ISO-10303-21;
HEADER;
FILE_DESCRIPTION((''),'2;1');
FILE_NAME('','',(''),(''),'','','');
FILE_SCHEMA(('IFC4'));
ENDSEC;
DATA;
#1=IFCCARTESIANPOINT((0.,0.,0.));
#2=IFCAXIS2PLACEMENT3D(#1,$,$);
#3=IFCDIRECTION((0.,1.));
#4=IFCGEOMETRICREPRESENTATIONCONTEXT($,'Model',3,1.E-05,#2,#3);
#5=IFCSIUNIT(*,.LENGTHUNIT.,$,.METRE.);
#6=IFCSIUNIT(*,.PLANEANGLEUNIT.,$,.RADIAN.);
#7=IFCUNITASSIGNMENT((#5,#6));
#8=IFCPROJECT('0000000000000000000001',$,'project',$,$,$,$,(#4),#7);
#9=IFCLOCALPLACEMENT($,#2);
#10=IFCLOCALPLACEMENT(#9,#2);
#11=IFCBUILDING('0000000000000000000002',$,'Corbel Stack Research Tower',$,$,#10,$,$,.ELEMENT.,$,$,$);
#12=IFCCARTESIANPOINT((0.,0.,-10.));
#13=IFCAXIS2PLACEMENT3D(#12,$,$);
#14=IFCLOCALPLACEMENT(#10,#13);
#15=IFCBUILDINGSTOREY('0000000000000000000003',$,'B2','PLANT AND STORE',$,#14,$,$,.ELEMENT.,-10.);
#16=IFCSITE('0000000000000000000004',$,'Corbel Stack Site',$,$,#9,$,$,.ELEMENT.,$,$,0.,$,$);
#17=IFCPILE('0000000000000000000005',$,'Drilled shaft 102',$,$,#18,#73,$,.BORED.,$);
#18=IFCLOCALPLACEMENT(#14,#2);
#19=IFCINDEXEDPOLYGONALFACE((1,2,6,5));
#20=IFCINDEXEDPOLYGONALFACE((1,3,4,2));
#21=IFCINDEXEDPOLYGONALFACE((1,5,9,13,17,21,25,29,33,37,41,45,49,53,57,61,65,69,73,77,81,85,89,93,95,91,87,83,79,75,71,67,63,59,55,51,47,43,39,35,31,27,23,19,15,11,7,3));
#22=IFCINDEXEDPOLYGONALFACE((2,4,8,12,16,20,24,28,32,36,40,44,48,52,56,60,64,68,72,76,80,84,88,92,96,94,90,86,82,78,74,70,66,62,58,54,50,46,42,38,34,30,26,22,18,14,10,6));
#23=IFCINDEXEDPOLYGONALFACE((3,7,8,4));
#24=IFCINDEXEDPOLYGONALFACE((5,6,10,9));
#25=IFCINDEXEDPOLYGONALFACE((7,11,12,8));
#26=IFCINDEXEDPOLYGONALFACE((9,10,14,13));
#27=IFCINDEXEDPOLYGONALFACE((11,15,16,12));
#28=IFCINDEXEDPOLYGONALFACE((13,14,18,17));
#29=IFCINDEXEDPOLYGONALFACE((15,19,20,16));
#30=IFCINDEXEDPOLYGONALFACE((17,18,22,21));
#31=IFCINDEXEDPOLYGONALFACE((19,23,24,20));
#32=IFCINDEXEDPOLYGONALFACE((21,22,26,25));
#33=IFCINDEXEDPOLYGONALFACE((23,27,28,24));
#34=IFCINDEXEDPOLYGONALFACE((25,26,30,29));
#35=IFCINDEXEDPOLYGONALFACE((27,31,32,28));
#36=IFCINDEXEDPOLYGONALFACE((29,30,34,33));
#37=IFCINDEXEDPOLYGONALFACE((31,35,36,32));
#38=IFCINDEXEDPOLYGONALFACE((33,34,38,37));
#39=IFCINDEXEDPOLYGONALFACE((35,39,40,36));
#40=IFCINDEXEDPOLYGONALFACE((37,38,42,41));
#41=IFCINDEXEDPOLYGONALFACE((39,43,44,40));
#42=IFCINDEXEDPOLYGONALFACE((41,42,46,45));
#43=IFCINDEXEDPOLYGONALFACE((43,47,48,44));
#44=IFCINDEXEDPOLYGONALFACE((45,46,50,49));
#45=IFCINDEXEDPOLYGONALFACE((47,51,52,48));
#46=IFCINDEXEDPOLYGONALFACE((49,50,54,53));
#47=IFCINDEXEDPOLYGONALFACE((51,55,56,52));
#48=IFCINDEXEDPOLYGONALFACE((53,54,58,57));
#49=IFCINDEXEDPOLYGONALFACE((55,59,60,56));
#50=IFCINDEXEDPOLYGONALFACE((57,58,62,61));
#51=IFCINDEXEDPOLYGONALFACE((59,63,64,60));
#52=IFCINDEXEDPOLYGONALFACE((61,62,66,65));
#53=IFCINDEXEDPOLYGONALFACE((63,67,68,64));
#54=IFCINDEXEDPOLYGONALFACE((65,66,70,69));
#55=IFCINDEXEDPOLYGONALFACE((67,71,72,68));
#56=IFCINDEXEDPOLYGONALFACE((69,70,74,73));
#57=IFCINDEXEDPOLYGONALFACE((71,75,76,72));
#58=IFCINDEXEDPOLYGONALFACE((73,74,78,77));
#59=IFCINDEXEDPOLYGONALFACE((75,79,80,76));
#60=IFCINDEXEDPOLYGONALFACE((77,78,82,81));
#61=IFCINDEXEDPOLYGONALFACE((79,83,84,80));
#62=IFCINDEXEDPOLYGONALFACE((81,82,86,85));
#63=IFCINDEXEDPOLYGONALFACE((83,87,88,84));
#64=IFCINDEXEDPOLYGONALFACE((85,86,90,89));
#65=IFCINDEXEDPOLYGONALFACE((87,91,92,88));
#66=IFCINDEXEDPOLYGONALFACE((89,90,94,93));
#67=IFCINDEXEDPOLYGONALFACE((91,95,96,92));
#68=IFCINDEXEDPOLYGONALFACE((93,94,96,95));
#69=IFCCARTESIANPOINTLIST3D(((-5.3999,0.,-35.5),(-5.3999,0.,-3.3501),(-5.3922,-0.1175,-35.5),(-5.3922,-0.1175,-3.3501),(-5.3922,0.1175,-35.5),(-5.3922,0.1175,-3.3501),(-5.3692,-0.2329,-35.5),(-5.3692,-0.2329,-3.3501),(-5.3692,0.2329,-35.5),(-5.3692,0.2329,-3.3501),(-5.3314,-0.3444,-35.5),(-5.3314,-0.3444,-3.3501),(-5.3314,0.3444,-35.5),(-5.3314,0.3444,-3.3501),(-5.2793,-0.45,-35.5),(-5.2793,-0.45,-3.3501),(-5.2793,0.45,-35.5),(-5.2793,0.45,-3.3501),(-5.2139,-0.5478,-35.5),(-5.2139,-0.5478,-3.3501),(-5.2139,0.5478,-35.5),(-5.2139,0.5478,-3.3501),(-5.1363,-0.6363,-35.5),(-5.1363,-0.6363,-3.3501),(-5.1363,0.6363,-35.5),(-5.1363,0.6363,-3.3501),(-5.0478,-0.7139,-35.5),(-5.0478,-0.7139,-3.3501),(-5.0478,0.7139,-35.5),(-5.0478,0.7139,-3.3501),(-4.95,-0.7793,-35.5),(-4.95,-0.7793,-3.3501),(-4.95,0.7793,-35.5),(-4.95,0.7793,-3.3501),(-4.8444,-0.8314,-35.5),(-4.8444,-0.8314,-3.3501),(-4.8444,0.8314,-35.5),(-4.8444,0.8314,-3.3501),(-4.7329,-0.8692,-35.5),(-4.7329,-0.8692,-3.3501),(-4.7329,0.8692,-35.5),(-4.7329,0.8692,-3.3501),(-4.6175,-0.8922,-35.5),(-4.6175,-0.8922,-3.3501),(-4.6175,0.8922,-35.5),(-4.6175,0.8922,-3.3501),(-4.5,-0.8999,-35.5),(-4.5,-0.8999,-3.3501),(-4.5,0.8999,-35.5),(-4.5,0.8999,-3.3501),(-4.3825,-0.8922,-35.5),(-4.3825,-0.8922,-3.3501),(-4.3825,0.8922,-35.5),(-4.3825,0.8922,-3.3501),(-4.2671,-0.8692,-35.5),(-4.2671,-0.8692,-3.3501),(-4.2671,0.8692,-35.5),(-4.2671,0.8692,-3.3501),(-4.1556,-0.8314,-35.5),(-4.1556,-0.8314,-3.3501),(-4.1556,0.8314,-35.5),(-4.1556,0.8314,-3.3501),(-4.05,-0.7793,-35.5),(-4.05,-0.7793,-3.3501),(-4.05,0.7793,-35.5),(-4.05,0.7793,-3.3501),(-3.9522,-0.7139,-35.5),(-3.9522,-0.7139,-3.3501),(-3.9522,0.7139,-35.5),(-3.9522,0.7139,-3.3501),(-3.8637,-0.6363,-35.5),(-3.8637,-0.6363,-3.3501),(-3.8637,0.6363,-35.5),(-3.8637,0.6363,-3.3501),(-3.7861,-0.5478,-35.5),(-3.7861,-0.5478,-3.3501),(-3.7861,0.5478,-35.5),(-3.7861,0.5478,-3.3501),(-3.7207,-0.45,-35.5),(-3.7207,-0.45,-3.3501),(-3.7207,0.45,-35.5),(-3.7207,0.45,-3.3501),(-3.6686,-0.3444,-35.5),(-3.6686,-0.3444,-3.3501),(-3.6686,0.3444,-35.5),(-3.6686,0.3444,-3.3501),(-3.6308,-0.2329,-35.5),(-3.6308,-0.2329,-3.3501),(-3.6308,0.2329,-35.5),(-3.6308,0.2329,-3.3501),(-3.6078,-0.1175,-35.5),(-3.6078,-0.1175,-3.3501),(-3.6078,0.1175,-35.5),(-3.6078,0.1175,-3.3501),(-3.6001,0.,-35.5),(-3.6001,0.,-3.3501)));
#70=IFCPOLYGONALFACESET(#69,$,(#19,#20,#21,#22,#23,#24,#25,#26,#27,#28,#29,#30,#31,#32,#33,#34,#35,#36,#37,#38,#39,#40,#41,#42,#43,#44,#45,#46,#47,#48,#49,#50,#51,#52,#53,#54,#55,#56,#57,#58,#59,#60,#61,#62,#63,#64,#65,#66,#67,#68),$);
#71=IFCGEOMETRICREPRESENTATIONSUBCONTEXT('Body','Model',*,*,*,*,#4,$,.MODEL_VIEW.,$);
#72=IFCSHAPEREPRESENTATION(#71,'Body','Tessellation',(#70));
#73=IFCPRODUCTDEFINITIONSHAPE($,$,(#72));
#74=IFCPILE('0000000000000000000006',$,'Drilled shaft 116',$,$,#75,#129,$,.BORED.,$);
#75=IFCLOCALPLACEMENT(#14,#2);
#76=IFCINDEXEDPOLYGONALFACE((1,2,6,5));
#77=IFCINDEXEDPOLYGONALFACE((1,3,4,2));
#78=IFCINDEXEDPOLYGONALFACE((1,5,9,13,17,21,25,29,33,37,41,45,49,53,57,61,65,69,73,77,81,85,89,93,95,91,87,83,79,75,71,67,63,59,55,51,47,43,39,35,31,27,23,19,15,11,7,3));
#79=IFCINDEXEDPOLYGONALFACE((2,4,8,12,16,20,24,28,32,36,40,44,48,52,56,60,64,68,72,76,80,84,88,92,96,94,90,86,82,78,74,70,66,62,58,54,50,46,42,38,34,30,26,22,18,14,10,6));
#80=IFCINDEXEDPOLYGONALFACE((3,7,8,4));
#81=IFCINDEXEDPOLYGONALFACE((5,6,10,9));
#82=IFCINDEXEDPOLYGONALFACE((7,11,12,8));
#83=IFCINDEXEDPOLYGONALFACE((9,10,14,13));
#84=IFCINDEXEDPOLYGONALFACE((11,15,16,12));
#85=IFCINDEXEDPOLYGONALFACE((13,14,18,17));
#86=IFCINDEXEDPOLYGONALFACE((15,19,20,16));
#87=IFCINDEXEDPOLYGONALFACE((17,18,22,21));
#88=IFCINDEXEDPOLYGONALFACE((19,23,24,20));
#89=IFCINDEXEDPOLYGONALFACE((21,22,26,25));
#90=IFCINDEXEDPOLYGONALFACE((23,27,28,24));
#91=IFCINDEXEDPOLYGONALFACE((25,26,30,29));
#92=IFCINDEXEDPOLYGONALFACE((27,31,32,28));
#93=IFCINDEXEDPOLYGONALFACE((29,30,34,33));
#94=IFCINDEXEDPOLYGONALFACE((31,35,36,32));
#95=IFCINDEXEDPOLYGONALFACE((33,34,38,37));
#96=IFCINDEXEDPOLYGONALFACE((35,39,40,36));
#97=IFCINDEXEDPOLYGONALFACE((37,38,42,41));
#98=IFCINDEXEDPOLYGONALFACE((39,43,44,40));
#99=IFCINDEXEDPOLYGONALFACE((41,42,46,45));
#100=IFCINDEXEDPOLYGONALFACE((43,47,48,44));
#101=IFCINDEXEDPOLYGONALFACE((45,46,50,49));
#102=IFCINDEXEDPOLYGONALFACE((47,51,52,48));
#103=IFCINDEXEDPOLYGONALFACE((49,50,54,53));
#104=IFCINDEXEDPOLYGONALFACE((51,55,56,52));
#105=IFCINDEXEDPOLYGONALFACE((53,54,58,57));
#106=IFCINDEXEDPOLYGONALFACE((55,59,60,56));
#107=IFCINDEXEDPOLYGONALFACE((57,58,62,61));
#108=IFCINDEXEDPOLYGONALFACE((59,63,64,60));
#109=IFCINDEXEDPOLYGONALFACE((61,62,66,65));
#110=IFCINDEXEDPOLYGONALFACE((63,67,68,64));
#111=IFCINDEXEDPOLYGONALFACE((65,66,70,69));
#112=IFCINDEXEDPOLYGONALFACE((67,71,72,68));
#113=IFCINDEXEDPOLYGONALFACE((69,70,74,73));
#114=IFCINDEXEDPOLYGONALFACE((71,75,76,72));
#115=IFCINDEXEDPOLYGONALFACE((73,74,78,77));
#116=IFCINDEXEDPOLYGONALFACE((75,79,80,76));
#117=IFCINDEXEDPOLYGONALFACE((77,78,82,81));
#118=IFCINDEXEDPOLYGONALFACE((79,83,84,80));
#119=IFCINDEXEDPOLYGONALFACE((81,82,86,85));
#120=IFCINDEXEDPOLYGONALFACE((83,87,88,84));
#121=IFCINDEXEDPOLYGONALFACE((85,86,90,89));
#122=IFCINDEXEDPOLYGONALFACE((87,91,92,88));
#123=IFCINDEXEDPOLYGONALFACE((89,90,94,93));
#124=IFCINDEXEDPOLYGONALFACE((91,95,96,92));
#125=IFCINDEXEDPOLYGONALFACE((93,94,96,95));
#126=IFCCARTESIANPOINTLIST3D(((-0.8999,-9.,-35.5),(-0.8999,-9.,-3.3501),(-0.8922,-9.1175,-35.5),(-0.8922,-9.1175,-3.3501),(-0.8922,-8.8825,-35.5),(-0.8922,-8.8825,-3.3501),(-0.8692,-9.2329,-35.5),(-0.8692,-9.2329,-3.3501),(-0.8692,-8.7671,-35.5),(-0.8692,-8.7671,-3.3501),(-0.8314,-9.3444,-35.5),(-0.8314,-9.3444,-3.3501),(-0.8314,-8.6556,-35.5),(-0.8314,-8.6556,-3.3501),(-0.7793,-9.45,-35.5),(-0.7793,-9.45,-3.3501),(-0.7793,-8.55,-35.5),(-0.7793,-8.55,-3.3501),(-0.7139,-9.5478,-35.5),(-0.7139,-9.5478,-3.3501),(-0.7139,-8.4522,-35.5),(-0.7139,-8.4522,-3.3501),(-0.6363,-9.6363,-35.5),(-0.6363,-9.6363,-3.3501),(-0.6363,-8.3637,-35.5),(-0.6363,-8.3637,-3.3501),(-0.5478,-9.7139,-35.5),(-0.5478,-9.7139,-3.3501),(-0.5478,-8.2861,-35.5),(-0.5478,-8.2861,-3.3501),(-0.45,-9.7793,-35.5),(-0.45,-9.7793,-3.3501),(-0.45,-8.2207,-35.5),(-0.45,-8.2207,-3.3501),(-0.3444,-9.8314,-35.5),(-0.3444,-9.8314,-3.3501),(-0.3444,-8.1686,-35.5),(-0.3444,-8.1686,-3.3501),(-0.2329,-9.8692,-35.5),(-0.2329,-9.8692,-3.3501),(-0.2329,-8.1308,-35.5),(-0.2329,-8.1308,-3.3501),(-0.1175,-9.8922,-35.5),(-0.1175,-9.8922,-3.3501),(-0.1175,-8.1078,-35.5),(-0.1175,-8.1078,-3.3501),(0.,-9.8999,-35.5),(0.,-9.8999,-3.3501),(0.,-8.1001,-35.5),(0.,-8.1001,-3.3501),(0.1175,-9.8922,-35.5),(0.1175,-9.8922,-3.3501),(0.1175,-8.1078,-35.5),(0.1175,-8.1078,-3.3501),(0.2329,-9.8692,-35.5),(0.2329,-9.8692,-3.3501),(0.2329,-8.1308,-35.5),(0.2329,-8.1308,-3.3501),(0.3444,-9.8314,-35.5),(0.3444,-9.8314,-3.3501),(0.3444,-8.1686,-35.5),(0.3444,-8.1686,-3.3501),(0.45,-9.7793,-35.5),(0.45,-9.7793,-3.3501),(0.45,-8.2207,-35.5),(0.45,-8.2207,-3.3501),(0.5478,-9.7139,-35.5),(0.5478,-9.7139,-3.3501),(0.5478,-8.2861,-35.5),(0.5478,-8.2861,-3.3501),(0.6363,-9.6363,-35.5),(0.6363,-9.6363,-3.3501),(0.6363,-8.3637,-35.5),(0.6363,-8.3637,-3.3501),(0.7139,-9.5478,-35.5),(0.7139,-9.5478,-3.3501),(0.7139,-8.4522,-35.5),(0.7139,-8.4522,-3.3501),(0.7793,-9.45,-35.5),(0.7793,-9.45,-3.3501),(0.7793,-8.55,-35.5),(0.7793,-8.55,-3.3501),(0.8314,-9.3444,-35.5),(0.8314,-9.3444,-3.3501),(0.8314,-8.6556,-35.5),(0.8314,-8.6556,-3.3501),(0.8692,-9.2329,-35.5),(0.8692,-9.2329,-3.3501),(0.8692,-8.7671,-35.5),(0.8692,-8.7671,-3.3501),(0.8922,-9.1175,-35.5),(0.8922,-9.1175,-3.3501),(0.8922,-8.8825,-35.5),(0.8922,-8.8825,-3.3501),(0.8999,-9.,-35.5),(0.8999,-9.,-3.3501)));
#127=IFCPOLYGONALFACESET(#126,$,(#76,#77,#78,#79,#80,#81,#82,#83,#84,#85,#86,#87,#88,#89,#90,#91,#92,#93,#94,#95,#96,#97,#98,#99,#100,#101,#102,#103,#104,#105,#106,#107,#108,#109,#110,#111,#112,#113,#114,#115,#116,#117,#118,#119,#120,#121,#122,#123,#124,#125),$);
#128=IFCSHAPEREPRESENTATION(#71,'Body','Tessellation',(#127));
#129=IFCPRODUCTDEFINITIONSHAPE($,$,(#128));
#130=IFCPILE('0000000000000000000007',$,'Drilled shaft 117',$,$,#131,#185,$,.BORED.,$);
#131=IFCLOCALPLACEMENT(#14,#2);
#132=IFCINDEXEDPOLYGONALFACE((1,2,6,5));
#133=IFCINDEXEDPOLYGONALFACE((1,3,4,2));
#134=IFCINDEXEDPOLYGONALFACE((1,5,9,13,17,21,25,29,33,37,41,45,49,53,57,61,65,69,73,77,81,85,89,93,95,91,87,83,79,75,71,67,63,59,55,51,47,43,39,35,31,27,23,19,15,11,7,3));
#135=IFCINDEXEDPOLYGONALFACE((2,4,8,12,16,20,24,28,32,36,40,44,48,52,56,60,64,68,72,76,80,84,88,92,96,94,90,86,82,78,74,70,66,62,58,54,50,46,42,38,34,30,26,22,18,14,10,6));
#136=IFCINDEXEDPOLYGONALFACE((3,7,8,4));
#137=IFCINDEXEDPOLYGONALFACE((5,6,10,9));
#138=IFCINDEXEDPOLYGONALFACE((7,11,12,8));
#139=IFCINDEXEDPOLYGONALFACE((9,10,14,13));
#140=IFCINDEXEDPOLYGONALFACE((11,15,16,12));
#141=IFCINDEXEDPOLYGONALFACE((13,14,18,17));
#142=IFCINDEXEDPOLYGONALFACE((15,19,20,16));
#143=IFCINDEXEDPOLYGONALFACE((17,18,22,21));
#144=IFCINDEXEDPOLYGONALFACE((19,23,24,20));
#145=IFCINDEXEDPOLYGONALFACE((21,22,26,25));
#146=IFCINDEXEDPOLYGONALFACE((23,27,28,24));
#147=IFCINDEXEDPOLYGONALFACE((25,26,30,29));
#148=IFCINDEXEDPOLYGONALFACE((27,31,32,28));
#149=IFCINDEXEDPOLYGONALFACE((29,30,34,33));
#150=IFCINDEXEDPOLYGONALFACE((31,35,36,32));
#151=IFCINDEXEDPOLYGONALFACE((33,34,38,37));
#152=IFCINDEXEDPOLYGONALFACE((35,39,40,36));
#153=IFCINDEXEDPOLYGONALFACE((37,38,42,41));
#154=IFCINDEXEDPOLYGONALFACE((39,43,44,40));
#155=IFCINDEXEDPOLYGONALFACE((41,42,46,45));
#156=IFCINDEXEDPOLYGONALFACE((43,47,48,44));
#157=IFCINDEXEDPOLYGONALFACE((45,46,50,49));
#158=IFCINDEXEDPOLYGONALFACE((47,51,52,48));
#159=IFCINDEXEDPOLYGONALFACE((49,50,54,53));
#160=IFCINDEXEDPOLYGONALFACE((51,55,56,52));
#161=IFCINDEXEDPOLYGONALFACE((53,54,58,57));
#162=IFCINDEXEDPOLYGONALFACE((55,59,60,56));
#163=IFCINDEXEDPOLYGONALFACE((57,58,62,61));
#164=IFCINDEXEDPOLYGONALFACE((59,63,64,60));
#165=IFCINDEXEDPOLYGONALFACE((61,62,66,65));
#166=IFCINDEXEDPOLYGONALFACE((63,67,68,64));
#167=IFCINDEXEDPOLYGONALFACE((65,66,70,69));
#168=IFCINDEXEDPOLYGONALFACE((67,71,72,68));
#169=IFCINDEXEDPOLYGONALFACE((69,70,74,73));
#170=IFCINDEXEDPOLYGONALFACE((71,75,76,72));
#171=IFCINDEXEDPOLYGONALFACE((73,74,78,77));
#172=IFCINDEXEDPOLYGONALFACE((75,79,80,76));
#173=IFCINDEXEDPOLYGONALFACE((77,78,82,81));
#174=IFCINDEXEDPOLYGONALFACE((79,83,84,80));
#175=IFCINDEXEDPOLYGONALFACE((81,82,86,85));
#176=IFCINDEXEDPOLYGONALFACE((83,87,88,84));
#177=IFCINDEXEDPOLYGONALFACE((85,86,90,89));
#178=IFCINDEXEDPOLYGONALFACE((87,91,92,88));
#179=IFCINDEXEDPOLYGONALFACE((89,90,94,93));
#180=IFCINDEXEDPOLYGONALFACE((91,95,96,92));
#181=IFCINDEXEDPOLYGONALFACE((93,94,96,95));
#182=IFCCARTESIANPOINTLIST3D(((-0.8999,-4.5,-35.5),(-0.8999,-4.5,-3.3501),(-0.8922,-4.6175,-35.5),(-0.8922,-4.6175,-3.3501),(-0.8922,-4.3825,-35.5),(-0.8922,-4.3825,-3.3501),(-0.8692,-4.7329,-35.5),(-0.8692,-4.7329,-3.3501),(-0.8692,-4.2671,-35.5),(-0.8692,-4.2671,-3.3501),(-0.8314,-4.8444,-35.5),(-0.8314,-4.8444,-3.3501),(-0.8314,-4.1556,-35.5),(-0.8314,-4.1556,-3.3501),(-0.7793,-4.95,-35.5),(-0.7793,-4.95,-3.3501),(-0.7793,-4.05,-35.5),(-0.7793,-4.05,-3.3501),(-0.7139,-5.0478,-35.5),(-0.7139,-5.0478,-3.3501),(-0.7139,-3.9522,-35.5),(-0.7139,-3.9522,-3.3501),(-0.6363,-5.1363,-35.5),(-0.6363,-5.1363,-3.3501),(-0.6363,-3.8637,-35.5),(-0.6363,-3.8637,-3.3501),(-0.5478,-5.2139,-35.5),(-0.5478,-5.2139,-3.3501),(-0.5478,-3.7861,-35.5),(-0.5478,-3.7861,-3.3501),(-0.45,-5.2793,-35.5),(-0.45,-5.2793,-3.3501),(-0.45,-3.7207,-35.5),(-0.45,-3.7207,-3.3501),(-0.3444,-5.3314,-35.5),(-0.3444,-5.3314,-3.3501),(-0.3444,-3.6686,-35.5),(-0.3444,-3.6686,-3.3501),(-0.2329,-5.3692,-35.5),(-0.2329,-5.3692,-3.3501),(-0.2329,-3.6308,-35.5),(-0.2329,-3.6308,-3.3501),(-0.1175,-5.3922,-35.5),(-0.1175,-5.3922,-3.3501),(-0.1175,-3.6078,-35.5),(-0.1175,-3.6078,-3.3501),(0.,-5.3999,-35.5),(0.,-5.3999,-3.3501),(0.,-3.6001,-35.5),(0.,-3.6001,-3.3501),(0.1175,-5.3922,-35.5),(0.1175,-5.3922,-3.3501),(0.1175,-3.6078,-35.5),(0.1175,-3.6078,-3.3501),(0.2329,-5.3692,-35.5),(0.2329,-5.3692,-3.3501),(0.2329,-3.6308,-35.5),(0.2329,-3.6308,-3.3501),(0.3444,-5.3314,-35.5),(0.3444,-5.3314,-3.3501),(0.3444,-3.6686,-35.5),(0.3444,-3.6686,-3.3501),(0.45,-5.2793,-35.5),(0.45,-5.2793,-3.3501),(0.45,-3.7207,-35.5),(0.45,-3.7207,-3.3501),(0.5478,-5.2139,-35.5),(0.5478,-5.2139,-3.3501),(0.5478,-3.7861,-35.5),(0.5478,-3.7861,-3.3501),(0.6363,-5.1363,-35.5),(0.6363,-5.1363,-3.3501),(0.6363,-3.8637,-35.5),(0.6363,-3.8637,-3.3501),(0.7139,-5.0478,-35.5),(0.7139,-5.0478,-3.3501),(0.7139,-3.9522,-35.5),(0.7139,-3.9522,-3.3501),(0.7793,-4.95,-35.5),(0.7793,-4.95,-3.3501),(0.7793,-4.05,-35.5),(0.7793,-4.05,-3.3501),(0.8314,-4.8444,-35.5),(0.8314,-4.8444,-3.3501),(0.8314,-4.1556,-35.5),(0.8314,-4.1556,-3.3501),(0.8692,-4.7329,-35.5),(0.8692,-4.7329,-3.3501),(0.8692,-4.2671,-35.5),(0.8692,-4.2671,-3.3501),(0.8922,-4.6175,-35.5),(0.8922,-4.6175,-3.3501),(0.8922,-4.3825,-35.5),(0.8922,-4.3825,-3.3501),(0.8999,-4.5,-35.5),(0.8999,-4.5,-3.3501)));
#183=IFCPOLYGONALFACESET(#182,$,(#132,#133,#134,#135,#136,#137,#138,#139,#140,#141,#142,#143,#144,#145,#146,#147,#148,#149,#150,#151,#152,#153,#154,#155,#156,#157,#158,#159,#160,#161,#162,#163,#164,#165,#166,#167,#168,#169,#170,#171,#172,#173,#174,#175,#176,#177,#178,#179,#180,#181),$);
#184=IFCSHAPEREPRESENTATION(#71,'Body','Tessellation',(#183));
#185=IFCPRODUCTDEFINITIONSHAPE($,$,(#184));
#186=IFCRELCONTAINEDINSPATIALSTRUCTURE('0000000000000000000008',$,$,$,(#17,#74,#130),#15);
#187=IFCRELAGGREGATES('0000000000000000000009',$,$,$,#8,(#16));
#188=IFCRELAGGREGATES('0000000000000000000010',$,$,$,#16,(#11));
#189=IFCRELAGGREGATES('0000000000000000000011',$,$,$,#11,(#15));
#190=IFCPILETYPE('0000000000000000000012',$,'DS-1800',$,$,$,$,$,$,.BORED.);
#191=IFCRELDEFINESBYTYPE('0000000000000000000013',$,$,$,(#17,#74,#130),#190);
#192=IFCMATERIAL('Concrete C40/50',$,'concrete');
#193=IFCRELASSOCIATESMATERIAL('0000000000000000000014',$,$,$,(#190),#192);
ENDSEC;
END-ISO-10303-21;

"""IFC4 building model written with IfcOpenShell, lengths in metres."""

from ifc_helpers import new_model, si_unit, direction, frame, origin, origin_2d, place, context, subcontext, project, spatial, circle, extrude, material, material_profile, profile_set, type_object, element, save


model = new_model("IFC4")

# Units and contexts
model_context = context("Model", 3, precision=1e-05, world=origin(), true_north=direction((0.0, 1.0)))
body_context = subcontext(model_context, "Body", "Model", "MODEL_VIEW")
ifc_project = project(units=[si_unit("LENGTHUNIT", "METRE"), si_unit("PLANEANGLEUNIT", "RADIAN")], contexts=[model_context])

# Site, building, storey
site_placement = place(None, origin())
site = spatial("IfcSite", under=ifc_project, at=site_placement, Name="Corbel Stack Site", CompositionType="ELEMENT", RefElevation=0.0)
building_placement = place(site_placement, origin())
building = spatial("IfcBuilding", under=site, at=building_placement, Name="Corbel Stack Research Tower", CompositionType="ELEMENT")
storey_placement = place(building_placement, frame((0.0, 0.0, -10.0)))
storey = spatial("IfcBuildingStorey", under=building, at=storey_placement, Name="B2", Description="PLANT AND STORE", CompositionType="ELEMENT", Elevation=-10.0)

# Piles
ifc_material_1 = material(Name="Concrete C40/50", Category="concrete")
ifc_material_profile = material_profile(ifc_material_1, circle(Radius=0.8999, at=origin_2d()), Name="Shaft 1800")
ifc_profile_set = profile_set([ifc_material_profile], Name="Concrete C40/50")
pile_type = type_object("IfcPileType", Name="DS-1800", PredefinedType="BORED", material=ifc_profile_set)
for number, where, z_axis, x_axis, name in (
    (1, (-4.5, 0.0, -3.3501), (0.0, 0.0, -1.0), (1.0, 0.0, 0.0), "Drilled shaft 102"),
    (2, (0.0, -9.0, -3.3501), (0.0, 0.0, -1.0), (1.0, 0.0, 0.0), "Drilled shaft 116"),
    (3, (0.0, -4.5, -3.3501), (0.0, 0.0, -1.0), (1.0, 0.0, 0.0), "Drilled shaft 117"),
):
    element("IfcPile", number, at=place(storey_placement, frame(where, z_axis=z_axis, x_axis=x_axis)), inside=storey, type_object=pile_type, Name=name, PredefinedType="BORED", context=body_context, shape_type="SweptSolid", body=[
        extrude(circle(Radius=0.8999, at=origin_2d()), origin(), (0.0, 0.0, 1.0), 32.1499),
    ])

save(model, "model.ifc")
